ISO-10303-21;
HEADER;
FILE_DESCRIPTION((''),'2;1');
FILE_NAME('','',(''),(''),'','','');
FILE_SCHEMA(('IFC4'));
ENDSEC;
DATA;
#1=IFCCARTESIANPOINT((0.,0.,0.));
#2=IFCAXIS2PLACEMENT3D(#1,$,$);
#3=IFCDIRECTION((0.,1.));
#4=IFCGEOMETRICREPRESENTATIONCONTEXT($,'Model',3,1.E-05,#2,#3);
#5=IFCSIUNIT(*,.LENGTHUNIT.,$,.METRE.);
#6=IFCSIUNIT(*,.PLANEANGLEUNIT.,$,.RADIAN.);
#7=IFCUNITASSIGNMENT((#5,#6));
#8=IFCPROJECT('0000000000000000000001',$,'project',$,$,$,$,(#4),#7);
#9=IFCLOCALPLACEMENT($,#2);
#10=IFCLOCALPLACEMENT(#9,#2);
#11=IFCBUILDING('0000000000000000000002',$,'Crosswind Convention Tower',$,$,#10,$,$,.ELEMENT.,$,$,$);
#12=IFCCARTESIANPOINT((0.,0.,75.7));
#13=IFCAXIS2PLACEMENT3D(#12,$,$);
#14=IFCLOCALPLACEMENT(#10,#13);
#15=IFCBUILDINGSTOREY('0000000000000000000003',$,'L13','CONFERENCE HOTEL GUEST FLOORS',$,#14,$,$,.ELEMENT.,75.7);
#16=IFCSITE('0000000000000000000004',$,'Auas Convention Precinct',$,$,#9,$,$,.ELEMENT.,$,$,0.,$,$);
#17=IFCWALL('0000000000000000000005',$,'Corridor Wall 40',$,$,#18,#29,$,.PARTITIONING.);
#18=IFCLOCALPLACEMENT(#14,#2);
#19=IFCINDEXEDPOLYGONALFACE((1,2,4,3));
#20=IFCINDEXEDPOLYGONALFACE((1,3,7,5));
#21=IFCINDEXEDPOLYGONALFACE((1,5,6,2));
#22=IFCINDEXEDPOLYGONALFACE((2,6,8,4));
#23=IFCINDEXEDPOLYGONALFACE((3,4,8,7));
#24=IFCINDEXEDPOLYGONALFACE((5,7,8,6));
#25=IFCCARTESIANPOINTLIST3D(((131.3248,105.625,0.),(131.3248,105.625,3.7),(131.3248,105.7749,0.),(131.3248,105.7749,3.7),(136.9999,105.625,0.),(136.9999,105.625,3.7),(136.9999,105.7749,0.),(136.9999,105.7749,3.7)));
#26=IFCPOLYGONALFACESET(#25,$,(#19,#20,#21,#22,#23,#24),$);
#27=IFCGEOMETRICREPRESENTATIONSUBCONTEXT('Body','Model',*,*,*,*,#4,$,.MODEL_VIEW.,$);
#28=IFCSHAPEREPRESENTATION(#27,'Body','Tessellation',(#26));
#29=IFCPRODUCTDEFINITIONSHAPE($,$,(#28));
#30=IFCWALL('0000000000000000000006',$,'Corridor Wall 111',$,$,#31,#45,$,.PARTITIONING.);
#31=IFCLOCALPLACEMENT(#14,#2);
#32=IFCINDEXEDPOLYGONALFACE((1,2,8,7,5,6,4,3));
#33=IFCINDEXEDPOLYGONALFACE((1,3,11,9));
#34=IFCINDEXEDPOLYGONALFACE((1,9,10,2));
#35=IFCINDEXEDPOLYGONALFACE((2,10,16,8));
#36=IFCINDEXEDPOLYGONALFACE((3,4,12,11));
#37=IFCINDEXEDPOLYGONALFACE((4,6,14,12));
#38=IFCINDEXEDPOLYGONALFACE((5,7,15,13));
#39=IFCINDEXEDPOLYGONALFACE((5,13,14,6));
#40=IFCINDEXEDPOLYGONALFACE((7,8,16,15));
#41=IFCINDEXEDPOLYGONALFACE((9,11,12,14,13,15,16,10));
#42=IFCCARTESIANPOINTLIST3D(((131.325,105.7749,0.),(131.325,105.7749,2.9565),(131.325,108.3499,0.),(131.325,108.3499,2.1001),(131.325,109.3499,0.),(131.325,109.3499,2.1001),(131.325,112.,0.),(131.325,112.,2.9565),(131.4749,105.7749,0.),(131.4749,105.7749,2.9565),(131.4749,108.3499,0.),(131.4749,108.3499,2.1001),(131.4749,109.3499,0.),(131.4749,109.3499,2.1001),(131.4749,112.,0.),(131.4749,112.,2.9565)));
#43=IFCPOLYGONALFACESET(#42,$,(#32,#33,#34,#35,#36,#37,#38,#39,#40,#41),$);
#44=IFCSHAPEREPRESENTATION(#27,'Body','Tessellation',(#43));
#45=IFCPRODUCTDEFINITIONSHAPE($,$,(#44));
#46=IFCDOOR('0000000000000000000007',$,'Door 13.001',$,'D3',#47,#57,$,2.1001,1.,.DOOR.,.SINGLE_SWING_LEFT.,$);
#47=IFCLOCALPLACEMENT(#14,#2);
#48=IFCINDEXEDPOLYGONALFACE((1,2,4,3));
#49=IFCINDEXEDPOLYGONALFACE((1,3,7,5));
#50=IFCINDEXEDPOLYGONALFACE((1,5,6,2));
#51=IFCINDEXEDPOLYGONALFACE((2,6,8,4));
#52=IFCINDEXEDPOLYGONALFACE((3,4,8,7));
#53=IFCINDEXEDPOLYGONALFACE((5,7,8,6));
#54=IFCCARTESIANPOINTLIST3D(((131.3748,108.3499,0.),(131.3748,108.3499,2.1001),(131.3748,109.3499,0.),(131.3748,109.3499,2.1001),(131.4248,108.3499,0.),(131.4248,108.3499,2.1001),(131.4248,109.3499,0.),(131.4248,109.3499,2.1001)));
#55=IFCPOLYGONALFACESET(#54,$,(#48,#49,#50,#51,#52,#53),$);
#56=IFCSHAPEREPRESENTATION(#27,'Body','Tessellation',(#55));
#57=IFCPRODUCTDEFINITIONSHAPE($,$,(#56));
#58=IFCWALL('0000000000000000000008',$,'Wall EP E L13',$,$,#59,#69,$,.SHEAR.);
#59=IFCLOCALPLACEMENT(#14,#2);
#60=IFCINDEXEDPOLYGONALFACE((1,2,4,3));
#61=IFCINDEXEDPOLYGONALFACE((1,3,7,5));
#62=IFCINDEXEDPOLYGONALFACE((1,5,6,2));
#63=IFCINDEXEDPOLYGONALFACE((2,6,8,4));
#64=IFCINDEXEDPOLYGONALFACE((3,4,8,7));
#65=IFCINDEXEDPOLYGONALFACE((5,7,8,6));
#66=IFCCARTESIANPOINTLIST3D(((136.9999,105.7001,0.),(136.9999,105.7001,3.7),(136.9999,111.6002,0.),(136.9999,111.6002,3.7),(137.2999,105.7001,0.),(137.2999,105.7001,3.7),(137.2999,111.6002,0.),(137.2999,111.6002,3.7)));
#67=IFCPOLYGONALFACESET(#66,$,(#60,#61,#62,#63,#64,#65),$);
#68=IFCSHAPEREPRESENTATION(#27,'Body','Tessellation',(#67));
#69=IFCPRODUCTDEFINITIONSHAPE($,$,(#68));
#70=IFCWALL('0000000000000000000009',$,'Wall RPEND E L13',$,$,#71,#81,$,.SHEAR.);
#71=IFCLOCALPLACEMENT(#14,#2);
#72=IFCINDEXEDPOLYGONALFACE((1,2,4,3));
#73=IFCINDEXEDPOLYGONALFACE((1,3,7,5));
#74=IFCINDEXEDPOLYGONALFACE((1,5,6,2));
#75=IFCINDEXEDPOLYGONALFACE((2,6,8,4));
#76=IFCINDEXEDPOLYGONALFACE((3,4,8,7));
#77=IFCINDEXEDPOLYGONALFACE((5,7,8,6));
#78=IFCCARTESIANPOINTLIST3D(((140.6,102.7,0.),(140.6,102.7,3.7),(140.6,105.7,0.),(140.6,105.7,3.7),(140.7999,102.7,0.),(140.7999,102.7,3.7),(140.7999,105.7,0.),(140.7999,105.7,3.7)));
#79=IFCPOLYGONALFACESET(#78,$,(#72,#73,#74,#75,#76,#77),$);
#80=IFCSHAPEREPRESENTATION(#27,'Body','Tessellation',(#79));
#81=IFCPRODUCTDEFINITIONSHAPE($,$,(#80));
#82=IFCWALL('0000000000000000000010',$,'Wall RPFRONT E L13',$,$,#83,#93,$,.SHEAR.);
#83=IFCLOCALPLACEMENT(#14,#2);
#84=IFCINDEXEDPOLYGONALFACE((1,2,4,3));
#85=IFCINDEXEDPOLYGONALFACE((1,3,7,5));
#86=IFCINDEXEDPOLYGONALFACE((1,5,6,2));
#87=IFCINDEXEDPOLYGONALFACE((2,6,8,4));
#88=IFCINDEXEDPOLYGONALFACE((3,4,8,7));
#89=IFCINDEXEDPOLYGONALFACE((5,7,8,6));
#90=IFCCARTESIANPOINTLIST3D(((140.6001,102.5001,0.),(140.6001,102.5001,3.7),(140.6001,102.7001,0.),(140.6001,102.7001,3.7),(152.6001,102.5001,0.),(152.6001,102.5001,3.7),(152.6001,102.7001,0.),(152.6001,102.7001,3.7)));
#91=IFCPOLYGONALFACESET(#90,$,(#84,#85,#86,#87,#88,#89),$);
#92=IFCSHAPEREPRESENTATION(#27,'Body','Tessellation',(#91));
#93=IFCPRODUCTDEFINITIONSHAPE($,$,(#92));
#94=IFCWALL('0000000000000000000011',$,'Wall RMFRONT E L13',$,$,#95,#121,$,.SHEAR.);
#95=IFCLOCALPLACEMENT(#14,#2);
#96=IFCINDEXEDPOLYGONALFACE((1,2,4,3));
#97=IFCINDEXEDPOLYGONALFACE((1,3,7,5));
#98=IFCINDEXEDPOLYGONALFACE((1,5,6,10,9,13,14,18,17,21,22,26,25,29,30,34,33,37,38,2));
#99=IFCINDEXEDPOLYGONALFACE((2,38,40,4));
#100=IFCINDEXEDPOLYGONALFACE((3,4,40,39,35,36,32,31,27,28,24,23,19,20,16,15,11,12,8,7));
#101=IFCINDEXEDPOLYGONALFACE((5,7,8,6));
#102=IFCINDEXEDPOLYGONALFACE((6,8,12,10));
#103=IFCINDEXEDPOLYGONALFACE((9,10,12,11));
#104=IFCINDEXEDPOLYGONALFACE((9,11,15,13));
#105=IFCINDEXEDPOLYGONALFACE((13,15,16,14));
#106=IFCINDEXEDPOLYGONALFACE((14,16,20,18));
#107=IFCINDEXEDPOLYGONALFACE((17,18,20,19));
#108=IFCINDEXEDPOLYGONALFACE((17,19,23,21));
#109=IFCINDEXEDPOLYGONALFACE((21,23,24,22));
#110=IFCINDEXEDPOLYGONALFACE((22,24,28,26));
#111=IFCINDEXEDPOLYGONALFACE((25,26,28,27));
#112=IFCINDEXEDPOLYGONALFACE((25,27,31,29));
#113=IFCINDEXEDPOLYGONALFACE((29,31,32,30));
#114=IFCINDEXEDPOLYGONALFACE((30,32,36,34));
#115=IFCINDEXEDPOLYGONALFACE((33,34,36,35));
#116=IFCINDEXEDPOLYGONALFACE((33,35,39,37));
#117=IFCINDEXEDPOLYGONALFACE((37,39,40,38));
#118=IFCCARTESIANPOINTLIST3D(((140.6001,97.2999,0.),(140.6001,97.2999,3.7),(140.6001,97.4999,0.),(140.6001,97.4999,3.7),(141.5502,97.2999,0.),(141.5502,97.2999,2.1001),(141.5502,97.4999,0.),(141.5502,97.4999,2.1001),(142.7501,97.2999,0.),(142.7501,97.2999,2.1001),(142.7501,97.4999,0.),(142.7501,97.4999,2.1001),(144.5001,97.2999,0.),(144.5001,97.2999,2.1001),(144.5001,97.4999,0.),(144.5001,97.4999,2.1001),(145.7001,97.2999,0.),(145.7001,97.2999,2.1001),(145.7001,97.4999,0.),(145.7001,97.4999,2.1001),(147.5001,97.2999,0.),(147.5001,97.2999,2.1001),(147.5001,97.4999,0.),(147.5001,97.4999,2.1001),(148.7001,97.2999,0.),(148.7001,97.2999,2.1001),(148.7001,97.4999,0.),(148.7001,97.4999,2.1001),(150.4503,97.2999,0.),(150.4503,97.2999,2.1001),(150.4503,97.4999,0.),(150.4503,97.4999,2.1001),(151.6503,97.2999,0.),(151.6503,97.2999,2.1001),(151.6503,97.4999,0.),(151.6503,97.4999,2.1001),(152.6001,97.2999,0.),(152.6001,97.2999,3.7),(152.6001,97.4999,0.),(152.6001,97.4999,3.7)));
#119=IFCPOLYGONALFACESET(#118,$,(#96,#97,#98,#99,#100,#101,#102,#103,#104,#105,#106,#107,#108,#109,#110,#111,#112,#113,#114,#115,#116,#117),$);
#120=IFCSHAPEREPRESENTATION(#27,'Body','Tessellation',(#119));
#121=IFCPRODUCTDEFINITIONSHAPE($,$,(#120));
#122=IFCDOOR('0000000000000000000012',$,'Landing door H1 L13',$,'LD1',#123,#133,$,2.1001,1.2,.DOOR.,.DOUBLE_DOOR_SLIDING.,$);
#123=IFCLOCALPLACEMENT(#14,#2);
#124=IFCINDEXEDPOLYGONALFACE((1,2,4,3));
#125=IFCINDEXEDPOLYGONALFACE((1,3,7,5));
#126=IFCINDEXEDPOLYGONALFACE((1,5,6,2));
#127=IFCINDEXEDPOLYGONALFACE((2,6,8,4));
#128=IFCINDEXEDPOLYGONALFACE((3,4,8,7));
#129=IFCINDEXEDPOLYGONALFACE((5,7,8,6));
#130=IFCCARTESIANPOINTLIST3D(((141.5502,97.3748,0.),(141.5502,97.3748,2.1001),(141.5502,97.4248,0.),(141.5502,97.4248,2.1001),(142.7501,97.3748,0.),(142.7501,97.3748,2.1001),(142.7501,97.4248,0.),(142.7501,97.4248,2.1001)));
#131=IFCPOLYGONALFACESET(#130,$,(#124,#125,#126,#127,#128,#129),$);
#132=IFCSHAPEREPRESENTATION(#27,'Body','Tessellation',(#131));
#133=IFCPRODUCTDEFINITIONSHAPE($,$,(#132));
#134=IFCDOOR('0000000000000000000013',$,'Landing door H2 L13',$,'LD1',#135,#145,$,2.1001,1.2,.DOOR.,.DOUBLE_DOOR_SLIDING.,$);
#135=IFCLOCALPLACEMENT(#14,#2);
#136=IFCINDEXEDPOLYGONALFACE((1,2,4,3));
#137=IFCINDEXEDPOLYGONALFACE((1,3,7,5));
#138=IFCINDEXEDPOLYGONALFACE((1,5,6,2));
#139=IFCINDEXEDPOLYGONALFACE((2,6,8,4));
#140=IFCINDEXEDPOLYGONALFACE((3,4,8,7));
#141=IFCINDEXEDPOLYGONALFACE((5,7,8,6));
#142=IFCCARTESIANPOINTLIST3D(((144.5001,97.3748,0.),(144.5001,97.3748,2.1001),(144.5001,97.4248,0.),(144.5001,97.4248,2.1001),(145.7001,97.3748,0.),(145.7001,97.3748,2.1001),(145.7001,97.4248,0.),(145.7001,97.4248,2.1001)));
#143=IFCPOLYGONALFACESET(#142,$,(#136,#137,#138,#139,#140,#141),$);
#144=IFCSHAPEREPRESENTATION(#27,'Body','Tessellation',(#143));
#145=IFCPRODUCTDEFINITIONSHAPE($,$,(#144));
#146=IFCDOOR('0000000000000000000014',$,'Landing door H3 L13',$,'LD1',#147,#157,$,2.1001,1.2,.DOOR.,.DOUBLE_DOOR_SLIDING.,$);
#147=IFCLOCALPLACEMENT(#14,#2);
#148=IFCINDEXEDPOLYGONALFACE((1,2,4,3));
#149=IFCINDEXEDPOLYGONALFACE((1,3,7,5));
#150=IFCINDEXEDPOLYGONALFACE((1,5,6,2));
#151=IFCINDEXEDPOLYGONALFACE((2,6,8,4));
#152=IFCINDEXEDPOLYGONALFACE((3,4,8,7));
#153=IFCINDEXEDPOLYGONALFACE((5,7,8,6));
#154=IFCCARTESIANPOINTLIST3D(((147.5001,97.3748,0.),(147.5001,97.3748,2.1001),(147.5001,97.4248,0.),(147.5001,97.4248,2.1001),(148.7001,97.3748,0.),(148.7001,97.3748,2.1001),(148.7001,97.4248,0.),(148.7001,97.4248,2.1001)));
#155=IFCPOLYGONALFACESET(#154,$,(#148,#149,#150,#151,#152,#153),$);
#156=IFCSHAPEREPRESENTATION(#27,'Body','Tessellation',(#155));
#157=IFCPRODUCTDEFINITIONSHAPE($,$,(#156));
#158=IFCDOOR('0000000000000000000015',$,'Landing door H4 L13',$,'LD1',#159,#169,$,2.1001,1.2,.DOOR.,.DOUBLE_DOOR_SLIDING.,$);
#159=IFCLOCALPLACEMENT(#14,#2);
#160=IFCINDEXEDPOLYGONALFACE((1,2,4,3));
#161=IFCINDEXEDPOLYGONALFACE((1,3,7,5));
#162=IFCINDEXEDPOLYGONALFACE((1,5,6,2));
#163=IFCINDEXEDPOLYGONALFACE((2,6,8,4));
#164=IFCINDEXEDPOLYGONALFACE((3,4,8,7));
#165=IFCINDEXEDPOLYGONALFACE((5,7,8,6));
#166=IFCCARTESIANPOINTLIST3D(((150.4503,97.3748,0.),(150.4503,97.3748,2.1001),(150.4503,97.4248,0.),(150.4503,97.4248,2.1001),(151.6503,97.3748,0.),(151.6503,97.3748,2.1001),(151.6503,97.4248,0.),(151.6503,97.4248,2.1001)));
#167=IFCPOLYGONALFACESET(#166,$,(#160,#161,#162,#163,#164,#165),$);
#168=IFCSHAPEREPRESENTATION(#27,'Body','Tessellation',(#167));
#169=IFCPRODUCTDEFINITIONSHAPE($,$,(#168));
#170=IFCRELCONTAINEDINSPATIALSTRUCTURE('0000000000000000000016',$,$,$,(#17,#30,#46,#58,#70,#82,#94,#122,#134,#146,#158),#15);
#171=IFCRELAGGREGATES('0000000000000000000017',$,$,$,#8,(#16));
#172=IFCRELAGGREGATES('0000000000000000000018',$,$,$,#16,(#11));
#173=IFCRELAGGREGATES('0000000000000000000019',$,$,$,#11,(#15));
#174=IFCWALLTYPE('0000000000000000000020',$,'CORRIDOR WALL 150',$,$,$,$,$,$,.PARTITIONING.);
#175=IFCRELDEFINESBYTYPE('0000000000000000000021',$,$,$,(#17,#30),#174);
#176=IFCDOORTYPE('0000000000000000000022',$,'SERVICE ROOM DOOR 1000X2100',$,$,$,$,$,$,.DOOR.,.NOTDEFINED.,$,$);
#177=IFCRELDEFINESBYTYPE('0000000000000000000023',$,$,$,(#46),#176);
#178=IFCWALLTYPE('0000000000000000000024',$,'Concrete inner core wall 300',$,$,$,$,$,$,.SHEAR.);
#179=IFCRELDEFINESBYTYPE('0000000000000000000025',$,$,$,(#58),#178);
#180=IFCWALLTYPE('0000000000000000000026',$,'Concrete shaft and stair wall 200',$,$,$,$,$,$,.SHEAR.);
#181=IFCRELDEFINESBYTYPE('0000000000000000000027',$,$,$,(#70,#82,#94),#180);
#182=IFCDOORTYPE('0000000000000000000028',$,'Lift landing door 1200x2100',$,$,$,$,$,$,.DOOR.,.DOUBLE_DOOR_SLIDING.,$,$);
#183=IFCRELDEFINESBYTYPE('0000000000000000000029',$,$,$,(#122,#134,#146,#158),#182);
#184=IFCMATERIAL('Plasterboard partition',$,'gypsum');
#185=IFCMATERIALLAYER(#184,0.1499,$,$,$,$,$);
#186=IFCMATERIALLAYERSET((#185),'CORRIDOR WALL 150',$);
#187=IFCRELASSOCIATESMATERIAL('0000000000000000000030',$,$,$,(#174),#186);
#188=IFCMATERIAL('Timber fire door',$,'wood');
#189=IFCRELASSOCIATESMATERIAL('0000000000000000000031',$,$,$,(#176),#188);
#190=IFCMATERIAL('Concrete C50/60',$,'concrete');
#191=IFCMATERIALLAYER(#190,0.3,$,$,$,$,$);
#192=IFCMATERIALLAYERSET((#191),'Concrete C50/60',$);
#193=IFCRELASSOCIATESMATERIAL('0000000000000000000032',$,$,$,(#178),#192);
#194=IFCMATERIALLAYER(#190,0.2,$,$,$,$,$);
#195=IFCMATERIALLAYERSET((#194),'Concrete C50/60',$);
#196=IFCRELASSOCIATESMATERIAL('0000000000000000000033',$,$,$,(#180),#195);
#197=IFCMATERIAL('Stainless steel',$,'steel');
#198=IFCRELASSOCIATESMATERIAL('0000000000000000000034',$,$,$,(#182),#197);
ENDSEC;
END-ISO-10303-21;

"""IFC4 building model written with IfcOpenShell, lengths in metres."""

from ifc_helpers import new_model, si_unit, direction, frame, frame_2d, origin, place, context, subcontext, project, spatial, rectangle, extrude, material, layer, layer_set, type_object, element, fill, save


model = new_model("IFC4")

# Units and contexts
model_context = context("Model", 3, precision=1e-05, world=origin(), true_north=direction((0.0, 1.0)))
body_context = subcontext(model_context, "Body", "Model", "MODEL_VIEW")
ifc_project = project(units=[si_unit("LENGTHUNIT", "METRE"), si_unit("PLANEANGLEUNIT", "RADIAN")], contexts=[model_context])

# Site, building, storey
site_placement = place(None, origin())
site = spatial("IfcSite", under=ifc_project, at=site_placement, Name="Auas Convention Precinct", CompositionType="ELEMENT", RefElevation=0.0)
building_placement = place(site_placement, origin())
building = spatial("IfcBuilding", under=site, at=building_placement, Name="Crosswind Convention Tower", CompositionType="ELEMENT")
storey_placement = place(building_placement, frame((0.0, 0.0, 75.7)))
storey = spatial("IfcBuildingStorey", under=building, at=storey_placement, Name="L13", Description="CONFERENCE HOTEL GUEST FLOORS", CompositionType="ELEMENT", Elevation=75.7)

# Wall
ifc_material_1 = material(Name="Plasterboard partition", Category="gypsum")
ifc_layer_1 = layer(ifc_material_1, 0.1499)
ifc_layer_set_1 = layer_set([ifc_layer_1], Name="CORRIDOR WALL 150")
wall_type_1 = type_object("IfcWallType", Name="CORRIDOR WALL 150", PredefinedType="PARTITIONING", material=ifc_layer_set_1)
wall_1_placement = place(storey_placement, frame((131.325, 105.7, 0.0), z_axis=(0.0, 0.0, 1.0), x_axis=(1.0, 0.0, 0.0)))
element("IfcWall", 1, at=wall_1_placement, inside=storey, type_object=wall_type_1, Name="Corridor Wall 40", PredefinedType="PARTITIONING", context=body_context, shape_type="SweptSolid", body=[
    extrude(rectangle(XDim=5.675, YDim=0.1499, at=frame_2d((2.8374, 0.0))), origin(), (0.0, 0.0, 1.0), 3.7),
])

# Wall, opening, door
wall_2_placement = place(storey_placement, frame((131.3999, 105.7749, 0.0), z_axis=(0.0, 0.0, 1.0), x_axis=(0.0, 1.0, 0.0)))
wall_2 = element("IfcWall", 2, at=wall_2_placement, inside=storey, type_object=wall_type_1, Name="Corridor Wall 111", PredefinedType="PARTITIONING", context=body_context, shape_type="SweptSolid", body=[
    extrude(rectangle(XDim=6.2251, YDim=0.1499, at=frame_2d((3.1125, 0.0))), origin(), (0.0, 0.0, 1.0), 2.9565),
])
opening_1_placement = place(wall_2_placement, frame((2.575, 0.0, 0.0)))
opening_1 = element("IfcOpeningElement", 3, at=opening_1_placement, cuts=wall_2, PredefinedType="OPENING", context=body_context, shape_type="SweptSolid", body=[
    extrude(rectangle(XDim=1.0, YDim=2.1001, at=frame_2d((0.5, 1.05))), frame((0.0, 0.085, 0.0), z_axis=(0.0, -1.0, 0.0), x_axis=(1.0, 0.0, 0.0)), (0.0, 0.0, 1.0), 0.1699),
])
ifc_material_2 = material(Name="Timber fire door", Category="wood")
door_type_1 = type_object("IfcDoorType", Name="SERVICE ROOM DOOR 1000X2100", OperationType="NOTDEFINED", PredefinedType="DOOR", material=ifc_material_2)
door_1_placement = place(opening_1_placement, frame((1.0, 0.0, 0.0), z_axis=(0.0, 0.0, 1.0), x_axis=(-1.0, 0.0, 0.0)))
door_1 = element("IfcDoor", 4, at=door_1_placement, inside=storey, type_object=door_type_1, Name="Door 13.001", ObjectType="D3", OperationType="SINGLE_SWING_LEFT", OverallHeight=2.1001, OverallWidth=1.0, PredefinedType="DOOR", context=body_context, shape_type="SweptSolid", body=[
    extrude(rectangle(XDim=1.0, YDim=2.1001, at=frame_2d((0.5, 1.05))), frame((0.0, 0.0249, 0.0), z_axis=(0.0, -1.0, 0.0), x_axis=(1.0, 0.0, 0.0)), (0.0, 0.0, 1.0), 0.05),
])
fill(opening_1, door_1)

# Walls
ifc_material_3 = material(Name="Concrete C50/60", Category="concrete")
ifc_layer_2 = layer(ifc_material_3, 0.3)
ifc_layer_set_2 = layer_set([ifc_layer_2], Name="Concrete C50/60")
wall_type_2 = type_object("IfcWallType", Name="Concrete inner core wall 300", PredefinedType="SHEAR", material=ifc_layer_set_2)
wall_3_placement = place(storey_placement, frame((137.1499, 105.7, 0.0), z_axis=(0.0, 0.0, 1.0), x_axis=(0.0, 1.0, 0.0)))
element("IfcWall", 5, at=wall_3_placement, inside=storey, type_object=wall_type_2, Name="Wall EP E L13", PredefinedType="SHEAR", context=body_context, shape_type="SweptSolid", body=[
    extrude(rectangle(XDim=5.9001, YDim=0.3, at=frame_2d((2.9502, 0.0))), origin(), (0.0, 0.0, 1.0), 3.7),
])
ifc_layer_3 = layer(ifc_material_3, 0.2)
ifc_layer_set_3 = layer_set([ifc_layer_3], Name="Concrete C50/60")
wall_type_3 = type_object("IfcWallType", Name="Concrete shaft and stair wall 200", PredefinedType="SHEAR", material=ifc_layer_set_3)
wall_4_placement = place(storey_placement, frame((140.7, 102.7, 0.0), z_axis=(0.0, 0.0, 1.0), x_axis=(0.0, 1.0, 0.0)))
element("IfcWall", 6, at=wall_4_placement, inside=storey, type_object=wall_type_3, Name="Wall RPEND E L13", PredefinedType="SHEAR", context=body_context, shape_type="SweptSolid", body=[
    extrude(rectangle(XDim=3.0, YDim=0.2, at=frame_2d((1.5, 0.0))), origin(), (0.0, 0.0, 1.0), 3.7),
])
wall_5_placement = place(storey_placement, frame((140.6001, 102.6001, 0.0), z_axis=(0.0, 0.0, 1.0), x_axis=(1.0, 0.0, 0.0)))
element("IfcWall", 7, at=wall_5_placement, inside=storey, type_object=wall_type_3, Name="Wall RPFRONT E L13", PredefinedType="SHEAR", context=body_context, shape_type="SweptSolid", body=[
    extrude(rectangle(XDim=12.0, YDim=0.2, at=frame_2d((6.0, 0.0))), origin(), (0.0, 0.0, 1.0), 3.7),
])

# Wall, openings, doors
wall_6_placement = place(storey_placement, frame((140.6001, 97.3999, 0.0), z_axis=(0.0, 0.0, 1.0), x_axis=(1.0, 0.0, 0.0)))
wall_6 = element("IfcWall", 8, at=wall_6_placement, inside=storey, type_object=wall_type_3, Name="Wall RMFRONT E L13", PredefinedType="SHEAR", context=body_context, shape_type="SweptSolid", body=[
    extrude(rectangle(XDim=12.0, YDim=0.2, at=frame_2d((6.0, 0.0))), origin(), (0.0, 0.0, 1.0), 3.7),
])
opening_2_placement = place(wall_6_placement, frame((0.95, 0.0, 0.0)))
opening_2 = element("IfcOpeningElement", 9, at=opening_2_placement, cuts=wall_6, PredefinedType="OPENING", context=body_context, shape_type="SweptSolid", body=[
    extrude(rectangle(XDim=1.2, YDim=2.1001, at=frame_2d((0.6001, 1.05))), frame((0.0, 0.1099, 0.0), z_axis=(0.0, -1.0, 0.0), x_axis=(1.0, 0.0, 0.0)), (0.0, 0.0, 1.0), 0.22),
])
opening_3_placement = place(wall_6_placement, frame((3.8999, 0.0, 0.0)))
opening_3 = element("IfcOpeningElement", 10, at=opening_3_placement, cuts=wall_6, PredefinedType="OPENING", context=body_context, shape_type="SweptSolid", body=[
    extrude(rectangle(XDim=1.2, YDim=2.1001, at=frame_2d((0.6001, 1.05))), frame((0.0, 0.1099, 0.0), z_axis=(0.0, -1.0, 0.0), x_axis=(1.0, 0.0, 0.0)), (0.0, 0.0, 1.0), 0.22),
])
opening_4_placement = place(wall_6_placement, frame((6.8999, 0.0, 0.0)))
opening_4 = element("IfcOpeningElement", 11, at=opening_4_placement, cuts=wall_6, PredefinedType="OPENING", context=body_context, shape_type="SweptSolid", body=[
    extrude(rectangle(XDim=1.2, YDim=2.1001, at=frame_2d((0.6001, 1.05))), frame((0.0, 0.1099, 0.0), z_axis=(0.0, -1.0, 0.0), x_axis=(1.0, 0.0, 0.0)), (0.0, 0.0, 1.0), 0.22),
])
opening_5_placement = place(wall_6_placement, frame((9.8501, 0.0, 0.0)))
opening_5 = element("IfcOpeningElement", 12, at=opening_5_placement, cuts=wall_6, PredefinedType="OPENING", context=body_context, shape_type="SweptSolid", body=[
    extrude(rectangle(XDim=1.2, YDim=2.1001, at=frame_2d((0.6001, 1.05))), frame((0.0, 0.1099, 0.0), z_axis=(0.0, -1.0, 0.0), x_axis=(1.0, 0.0, 0.0)), (0.0, 0.0, 1.0), 0.22),
])
ifc_material_4 = material(Name="Stainless steel", Category="steel")
door_type_2 = type_object("IfcDoorType", Name="Lift landing door 1200x2100", OperationType="DOUBLE_DOOR_SLIDING", PredefinedType="DOOR", material=ifc_material_4)
door_2_placement = place(opening_2_placement, origin())
door_2 = element("IfcDoor", 13, at=door_2_placement, inside=storey, type_object=door_type_2, Name="Landing door H1 L13", ObjectType="LD1", OperationType="DOUBLE_DOOR_SLIDING", OverallHeight=2.1001, OverallWidth=1.2, PredefinedType="DOOR", context=body_context, shape_type="SweptSolid", body=[
    extrude(rectangle(XDim=1.2, YDim=2.1001, at=frame_2d((0.6001, 1.05))), frame((0.0, 0.0249, 0.0), z_axis=(0.0, -1.0, 0.0), x_axis=(1.0, 0.0, 0.0)), (0.0, 0.0, 1.0), 0.05),
])
fill(opening_2, door_2)
door_3_placement = place(opening_3_placement, origin())
door_3 = element("IfcDoor", 14, at=door_3_placement, inside=storey, type_object=door_type_2, Name="Landing door H2 L13", ObjectType="LD1", OperationType="DOUBLE_DOOR_SLIDING", OverallHeight=2.1001, OverallWidth=1.2, PredefinedType="DOOR", context=body_context, shape_type="SweptSolid", body=[
    extrude(rectangle(XDim=1.2, YDim=2.1001, at=frame_2d((0.6001, 1.05))), frame((0.0, 0.0249, 0.0), z_axis=(0.0, -1.0, 0.0), x_axis=(1.0, 0.0, 0.0)), (0.0, 0.0, 1.0), 0.05),
])
fill(opening_3, door_3)
door_4_placement = place(opening_4_placement, origin())
door_4 = element("IfcDoor", 15, at=door_4_placement, inside=storey, type_object=door_type_2, Name="Landing door H3 L13", ObjectType="LD1", OperationType="DOUBLE_DOOR_SLIDING", OverallHeight=2.1001, OverallWidth=1.2, PredefinedType="DOOR", context=body_context, shape_type="SweptSolid", body=[
    extrude(rectangle(XDim=1.2, YDim=2.1001, at=frame_2d((0.6001, 1.05))), frame((0.0, 0.0249, 0.0), z_axis=(0.0, -1.0, 0.0), x_axis=(1.0, 0.0, 0.0)), (0.0, 0.0, 1.0), 0.05),
])
fill(opening_4, door_4)
door_5_placement = place(opening_5_placement, origin())
door_5 = element("IfcDoor", 16, at=door_5_placement, inside=storey, type_object=door_type_2, Name="Landing door H4 L13", ObjectType="LD1", OperationType="DOUBLE_DOOR_SLIDING", OverallHeight=2.1001, OverallWidth=1.2, PredefinedType="DOOR", context=body_context, shape_type="SweptSolid", body=[
    extrude(rectangle(XDim=1.2, YDim=2.1001, at=frame_2d((0.6001, 1.05))), frame((0.0, 0.0249, 0.0), z_axis=(0.0, -1.0, 0.0), x_axis=(1.0, 0.0, 0.0)), (0.0, 0.0, 1.0), 0.05),
])
fill(opening_5, door_5)

save(model, "model.ifc")
